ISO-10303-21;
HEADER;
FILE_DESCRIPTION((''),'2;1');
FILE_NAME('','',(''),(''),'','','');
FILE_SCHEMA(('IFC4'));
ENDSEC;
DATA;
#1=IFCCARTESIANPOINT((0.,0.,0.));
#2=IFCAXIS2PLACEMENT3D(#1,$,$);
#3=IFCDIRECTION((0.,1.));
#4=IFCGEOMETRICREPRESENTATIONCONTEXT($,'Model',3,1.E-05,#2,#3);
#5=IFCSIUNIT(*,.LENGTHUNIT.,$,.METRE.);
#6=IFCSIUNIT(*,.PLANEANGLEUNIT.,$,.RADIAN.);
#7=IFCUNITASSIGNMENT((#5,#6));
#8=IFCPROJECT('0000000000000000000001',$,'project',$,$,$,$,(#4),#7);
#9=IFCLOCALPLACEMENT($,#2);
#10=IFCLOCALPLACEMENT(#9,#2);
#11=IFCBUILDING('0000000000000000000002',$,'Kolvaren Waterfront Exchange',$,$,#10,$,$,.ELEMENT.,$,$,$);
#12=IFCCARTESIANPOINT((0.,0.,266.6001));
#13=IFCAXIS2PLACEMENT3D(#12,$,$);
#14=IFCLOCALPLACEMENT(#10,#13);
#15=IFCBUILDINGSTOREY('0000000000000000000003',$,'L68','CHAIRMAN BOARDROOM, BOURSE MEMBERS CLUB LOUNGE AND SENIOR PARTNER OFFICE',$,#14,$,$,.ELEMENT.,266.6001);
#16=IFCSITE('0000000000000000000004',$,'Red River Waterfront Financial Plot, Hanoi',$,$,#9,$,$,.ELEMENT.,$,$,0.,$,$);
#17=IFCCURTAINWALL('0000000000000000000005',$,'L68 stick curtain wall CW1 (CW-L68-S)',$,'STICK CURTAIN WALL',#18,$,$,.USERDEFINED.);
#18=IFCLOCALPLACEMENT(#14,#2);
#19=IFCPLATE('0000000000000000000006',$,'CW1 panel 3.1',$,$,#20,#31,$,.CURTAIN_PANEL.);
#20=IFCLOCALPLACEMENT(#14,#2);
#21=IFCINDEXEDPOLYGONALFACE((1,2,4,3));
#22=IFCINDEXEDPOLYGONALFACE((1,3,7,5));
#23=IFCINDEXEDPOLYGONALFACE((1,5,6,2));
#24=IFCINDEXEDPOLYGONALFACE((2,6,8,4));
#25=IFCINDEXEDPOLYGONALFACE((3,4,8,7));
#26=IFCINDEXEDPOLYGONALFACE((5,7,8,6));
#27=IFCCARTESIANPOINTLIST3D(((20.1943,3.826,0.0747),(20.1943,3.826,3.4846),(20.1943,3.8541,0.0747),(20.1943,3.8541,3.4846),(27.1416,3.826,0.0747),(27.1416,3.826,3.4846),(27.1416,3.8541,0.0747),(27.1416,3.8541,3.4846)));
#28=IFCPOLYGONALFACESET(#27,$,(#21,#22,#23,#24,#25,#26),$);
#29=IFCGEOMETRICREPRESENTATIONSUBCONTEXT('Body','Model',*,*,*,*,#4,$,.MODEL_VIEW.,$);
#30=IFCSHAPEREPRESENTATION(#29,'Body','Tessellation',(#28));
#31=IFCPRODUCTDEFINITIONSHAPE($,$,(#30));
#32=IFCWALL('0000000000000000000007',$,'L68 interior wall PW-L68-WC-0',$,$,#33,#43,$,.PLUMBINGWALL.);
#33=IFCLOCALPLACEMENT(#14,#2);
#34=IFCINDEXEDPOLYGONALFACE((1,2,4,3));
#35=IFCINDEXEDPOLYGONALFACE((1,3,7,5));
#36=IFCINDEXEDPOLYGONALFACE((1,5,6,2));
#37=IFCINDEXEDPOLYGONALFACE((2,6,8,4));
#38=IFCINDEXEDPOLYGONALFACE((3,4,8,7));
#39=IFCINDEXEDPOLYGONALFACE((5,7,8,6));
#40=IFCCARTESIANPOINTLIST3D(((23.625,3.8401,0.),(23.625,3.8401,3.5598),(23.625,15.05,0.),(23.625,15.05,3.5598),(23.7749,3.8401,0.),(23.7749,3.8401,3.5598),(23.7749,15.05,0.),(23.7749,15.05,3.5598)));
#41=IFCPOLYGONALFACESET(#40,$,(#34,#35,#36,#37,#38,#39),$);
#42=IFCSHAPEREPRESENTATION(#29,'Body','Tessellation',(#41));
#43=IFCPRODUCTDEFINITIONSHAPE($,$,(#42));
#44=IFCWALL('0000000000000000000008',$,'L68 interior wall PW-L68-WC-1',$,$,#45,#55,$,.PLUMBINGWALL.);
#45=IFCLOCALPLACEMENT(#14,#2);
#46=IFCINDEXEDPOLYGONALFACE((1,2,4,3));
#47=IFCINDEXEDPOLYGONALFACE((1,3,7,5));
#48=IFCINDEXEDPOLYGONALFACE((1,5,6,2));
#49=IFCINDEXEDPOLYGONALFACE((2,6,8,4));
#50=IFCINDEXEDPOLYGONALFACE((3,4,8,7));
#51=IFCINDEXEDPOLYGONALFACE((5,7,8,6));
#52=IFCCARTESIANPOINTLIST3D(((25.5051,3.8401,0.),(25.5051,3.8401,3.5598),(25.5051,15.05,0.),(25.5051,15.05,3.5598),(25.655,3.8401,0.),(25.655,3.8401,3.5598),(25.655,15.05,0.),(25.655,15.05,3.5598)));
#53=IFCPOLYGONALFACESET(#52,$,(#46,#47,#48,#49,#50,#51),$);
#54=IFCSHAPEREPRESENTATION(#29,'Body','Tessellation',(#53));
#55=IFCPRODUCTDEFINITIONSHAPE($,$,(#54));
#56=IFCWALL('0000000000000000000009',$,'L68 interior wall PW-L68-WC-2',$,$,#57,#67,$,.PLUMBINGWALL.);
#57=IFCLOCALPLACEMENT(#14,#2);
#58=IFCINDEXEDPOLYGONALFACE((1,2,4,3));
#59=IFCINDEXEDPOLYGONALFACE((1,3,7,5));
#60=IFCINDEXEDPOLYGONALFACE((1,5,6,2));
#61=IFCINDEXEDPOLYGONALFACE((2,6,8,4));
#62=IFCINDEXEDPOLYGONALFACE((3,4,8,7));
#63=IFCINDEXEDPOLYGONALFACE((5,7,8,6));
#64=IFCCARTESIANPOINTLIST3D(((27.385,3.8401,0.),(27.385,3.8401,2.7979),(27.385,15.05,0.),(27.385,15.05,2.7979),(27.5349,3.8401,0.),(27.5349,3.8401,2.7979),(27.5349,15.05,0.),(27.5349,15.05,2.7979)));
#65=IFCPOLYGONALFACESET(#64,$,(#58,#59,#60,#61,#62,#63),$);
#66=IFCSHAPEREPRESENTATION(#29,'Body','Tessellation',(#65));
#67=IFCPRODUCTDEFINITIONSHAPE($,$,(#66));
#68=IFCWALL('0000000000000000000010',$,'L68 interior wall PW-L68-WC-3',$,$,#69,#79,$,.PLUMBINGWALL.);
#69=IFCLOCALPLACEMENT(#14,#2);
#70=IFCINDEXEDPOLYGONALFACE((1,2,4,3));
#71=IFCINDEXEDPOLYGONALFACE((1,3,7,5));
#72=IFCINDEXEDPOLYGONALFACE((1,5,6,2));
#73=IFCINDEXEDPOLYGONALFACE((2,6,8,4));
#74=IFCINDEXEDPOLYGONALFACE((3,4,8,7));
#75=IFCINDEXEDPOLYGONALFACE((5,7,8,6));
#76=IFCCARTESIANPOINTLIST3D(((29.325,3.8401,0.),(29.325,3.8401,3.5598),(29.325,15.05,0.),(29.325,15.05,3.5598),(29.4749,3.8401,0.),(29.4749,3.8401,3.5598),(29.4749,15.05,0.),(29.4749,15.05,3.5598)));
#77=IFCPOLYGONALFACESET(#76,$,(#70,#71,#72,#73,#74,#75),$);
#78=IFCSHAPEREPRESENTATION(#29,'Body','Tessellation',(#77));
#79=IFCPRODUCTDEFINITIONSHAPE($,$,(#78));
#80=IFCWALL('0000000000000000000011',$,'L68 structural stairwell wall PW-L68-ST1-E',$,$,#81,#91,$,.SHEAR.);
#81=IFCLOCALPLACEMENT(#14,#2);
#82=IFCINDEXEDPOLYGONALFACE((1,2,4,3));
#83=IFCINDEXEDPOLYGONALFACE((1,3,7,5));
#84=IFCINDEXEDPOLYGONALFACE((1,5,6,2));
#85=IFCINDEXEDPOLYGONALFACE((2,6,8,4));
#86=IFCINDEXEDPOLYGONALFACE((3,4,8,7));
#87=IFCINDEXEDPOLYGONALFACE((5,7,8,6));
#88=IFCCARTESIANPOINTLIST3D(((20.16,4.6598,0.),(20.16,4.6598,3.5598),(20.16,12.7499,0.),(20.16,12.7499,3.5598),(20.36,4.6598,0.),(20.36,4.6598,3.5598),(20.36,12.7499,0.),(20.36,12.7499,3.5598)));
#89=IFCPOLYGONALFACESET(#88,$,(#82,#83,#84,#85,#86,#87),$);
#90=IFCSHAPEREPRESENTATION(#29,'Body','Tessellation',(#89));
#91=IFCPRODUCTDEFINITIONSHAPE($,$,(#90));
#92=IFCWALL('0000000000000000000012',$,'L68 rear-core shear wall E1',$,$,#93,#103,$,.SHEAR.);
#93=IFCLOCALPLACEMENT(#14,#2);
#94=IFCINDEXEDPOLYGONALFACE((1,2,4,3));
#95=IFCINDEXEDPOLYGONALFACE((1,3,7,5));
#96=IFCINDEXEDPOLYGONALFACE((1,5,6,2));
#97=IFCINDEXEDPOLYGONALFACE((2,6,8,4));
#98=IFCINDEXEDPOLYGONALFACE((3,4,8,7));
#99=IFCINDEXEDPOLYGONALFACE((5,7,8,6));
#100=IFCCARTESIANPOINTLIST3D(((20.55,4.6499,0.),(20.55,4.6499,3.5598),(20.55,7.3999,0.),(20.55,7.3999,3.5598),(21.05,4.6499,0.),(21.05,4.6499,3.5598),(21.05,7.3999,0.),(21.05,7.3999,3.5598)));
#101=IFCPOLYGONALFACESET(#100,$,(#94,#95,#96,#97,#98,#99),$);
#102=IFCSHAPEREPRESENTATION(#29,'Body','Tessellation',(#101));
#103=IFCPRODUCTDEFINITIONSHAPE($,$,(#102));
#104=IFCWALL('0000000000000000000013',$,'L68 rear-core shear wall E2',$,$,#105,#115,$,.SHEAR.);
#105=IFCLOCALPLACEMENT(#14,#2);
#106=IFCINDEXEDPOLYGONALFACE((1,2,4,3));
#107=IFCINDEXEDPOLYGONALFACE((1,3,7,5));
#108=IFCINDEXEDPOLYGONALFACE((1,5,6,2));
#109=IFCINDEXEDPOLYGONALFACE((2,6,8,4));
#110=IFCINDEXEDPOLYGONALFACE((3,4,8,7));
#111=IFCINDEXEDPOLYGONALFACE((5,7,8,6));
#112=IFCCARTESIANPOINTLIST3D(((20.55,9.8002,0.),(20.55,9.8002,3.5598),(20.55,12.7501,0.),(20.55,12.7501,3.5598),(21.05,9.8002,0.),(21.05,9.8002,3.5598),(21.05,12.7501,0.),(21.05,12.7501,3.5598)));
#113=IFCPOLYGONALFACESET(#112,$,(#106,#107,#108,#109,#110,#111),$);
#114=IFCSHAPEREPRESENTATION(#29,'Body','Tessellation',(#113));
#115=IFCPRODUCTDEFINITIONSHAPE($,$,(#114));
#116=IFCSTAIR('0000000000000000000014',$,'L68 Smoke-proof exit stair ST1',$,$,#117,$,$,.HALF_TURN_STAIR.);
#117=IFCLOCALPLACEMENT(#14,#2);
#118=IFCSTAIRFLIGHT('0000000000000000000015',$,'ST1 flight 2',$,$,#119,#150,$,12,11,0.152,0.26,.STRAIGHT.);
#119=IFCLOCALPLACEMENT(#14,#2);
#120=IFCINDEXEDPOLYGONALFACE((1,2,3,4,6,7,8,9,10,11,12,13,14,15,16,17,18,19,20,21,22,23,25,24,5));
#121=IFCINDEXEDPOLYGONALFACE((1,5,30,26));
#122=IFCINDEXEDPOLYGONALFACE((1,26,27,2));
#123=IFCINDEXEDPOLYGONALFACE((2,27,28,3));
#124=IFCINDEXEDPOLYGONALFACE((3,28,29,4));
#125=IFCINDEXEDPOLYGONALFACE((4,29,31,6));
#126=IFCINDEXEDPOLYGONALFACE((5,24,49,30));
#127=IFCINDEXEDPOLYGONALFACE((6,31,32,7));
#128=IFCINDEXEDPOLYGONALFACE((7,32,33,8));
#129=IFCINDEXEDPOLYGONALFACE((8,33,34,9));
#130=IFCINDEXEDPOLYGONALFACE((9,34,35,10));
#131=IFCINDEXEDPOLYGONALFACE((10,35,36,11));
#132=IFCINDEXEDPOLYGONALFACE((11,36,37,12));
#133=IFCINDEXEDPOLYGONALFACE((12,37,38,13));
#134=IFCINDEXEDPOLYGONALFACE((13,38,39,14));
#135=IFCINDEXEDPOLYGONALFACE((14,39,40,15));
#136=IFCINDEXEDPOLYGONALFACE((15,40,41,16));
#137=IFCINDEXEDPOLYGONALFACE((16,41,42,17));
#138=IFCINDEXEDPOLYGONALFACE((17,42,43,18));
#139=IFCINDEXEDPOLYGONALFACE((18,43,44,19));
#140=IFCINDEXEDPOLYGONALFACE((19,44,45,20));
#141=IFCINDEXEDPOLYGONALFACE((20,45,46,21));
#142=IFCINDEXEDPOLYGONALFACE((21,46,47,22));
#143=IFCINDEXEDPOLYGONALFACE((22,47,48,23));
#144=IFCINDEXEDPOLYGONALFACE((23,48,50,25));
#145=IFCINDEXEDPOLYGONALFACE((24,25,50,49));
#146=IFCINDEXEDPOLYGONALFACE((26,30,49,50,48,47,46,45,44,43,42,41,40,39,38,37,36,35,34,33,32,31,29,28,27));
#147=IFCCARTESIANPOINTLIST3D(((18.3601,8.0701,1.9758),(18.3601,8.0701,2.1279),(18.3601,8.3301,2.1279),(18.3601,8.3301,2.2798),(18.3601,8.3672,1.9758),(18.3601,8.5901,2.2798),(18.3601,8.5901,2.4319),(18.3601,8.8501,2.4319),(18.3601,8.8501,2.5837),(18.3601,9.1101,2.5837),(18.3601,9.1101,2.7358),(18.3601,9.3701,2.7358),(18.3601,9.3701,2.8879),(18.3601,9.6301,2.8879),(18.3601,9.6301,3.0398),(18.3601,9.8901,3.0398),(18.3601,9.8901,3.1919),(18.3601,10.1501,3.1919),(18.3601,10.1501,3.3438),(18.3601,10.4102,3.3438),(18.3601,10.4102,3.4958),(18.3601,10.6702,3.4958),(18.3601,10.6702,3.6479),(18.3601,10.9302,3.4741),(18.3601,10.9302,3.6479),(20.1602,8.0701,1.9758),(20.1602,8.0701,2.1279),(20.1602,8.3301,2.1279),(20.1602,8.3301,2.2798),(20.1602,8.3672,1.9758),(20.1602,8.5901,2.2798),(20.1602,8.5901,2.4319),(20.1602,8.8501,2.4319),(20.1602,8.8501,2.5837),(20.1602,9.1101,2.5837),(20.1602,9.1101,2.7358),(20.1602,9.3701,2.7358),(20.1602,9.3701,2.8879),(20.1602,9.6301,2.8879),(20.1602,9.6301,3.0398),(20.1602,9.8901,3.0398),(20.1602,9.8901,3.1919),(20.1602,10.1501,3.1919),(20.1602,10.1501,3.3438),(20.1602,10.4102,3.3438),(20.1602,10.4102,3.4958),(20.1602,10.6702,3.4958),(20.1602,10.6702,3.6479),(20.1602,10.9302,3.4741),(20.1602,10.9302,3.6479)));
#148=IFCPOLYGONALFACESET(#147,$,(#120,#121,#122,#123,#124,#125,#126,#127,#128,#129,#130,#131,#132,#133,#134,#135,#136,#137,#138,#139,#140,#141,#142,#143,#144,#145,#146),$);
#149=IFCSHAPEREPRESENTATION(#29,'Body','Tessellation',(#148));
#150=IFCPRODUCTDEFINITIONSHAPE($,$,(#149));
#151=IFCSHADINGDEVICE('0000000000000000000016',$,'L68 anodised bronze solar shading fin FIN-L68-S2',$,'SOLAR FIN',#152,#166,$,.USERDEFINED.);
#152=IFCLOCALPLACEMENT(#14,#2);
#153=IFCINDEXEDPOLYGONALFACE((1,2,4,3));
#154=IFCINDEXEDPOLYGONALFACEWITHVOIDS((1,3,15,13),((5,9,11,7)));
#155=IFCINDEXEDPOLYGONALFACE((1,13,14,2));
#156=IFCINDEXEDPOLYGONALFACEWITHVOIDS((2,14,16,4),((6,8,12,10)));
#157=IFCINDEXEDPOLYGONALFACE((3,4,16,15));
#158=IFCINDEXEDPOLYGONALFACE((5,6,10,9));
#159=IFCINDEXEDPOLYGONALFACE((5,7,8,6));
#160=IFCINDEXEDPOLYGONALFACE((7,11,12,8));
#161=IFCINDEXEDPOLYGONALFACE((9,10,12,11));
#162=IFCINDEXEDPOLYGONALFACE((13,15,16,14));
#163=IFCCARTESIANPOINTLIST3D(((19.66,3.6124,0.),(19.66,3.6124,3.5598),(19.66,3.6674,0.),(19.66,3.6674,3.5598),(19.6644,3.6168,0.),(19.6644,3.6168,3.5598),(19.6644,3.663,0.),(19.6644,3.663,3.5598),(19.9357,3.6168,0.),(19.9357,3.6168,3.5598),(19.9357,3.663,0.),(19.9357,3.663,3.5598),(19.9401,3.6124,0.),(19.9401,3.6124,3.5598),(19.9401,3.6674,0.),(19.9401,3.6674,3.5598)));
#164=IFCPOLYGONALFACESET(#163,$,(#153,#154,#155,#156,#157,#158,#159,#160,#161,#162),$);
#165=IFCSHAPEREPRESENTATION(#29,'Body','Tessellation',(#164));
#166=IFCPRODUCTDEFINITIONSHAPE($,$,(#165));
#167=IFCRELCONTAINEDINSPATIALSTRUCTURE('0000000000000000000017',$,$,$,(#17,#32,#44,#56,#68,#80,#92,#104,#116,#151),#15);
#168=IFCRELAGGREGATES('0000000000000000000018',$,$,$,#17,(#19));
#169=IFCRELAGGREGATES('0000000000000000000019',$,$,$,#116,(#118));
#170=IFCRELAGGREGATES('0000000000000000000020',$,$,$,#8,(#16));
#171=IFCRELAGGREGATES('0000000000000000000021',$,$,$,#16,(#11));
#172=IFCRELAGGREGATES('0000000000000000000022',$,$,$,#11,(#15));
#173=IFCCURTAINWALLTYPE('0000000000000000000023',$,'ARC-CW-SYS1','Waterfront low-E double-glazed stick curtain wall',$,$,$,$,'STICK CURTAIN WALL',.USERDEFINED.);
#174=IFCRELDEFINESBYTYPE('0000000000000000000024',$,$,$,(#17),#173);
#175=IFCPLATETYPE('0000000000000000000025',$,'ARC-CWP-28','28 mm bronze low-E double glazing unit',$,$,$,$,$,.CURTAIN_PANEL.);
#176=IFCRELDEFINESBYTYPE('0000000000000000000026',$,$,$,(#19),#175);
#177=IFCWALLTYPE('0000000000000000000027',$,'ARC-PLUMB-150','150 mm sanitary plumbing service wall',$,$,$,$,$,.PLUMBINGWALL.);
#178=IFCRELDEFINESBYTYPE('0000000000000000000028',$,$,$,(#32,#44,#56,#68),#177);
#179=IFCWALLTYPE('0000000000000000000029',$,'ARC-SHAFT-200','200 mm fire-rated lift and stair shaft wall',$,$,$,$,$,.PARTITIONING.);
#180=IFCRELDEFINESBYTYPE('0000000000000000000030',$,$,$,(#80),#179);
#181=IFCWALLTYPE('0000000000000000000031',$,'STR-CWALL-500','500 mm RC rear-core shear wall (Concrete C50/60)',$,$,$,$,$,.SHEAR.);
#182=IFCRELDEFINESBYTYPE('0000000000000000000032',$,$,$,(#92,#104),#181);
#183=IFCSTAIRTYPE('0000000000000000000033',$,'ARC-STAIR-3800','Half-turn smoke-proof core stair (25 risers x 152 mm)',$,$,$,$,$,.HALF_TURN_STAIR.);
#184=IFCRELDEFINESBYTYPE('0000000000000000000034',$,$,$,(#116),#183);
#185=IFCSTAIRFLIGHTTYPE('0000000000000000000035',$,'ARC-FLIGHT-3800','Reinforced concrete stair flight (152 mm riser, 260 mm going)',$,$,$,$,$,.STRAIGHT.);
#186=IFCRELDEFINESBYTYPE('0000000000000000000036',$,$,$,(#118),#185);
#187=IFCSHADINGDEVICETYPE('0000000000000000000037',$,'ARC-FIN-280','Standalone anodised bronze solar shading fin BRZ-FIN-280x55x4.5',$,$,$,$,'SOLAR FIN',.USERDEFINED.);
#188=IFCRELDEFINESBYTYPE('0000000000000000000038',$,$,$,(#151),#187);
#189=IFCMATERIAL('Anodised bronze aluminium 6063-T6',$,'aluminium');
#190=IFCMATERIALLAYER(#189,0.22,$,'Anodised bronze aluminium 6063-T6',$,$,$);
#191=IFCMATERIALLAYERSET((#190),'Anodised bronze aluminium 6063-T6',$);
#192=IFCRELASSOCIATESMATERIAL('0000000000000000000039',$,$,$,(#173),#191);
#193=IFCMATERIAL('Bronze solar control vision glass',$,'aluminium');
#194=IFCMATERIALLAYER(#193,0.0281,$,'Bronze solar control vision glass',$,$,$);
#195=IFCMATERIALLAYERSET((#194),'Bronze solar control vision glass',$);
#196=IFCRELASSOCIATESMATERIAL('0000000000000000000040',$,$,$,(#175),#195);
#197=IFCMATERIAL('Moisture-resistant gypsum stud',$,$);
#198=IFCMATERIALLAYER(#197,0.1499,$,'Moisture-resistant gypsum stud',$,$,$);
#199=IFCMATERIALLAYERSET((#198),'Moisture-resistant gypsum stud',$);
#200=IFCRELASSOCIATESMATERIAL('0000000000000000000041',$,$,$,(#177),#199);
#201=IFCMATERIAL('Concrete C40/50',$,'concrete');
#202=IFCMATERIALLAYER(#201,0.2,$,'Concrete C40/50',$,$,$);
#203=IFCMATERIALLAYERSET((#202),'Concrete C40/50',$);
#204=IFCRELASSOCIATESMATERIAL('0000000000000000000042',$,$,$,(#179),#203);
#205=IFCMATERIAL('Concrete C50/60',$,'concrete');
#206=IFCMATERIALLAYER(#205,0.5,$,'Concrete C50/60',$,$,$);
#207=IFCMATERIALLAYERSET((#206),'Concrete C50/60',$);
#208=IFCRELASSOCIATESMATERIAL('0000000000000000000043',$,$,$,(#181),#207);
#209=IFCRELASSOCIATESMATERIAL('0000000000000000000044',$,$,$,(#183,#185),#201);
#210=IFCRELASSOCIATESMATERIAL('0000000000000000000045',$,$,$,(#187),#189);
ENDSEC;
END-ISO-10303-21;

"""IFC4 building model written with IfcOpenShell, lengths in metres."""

from ifc_helpers import new_model, si_unit, direction, frame, frame_2d, origin, origin_with_axes, origin_2d, place, context, subcontext, project, spatial, polyline, rectangle, hollow_rectangle, outline, extrude, source, transform, mapped, material, layer, layer_set, material_profile, profile_set, type_object, element, aggregate, save


model = new_model("IFC4")

# Units and contexts
model_context = context("Model", 3, precision=1e-05, world=origin(), true_north=direction((0.0, 1.0)))
body_context = subcontext(model_context, "Body", "Model", "MODEL_VIEW")
ifc_project = project(units=[si_unit("LENGTHUNIT", "METRE"), si_unit("PLANEANGLEUNIT", "RADIAN")], contexts=[model_context])

# Site, building, storey
site_placement = place(None, origin())
site = spatial("IfcSite", under=ifc_project, at=site_placement, Name="Red River Waterfront Financial Plot, Hanoi", CompositionType="ELEMENT", RefElevation=0.0)
building_placement = place(site_placement, origin())
building = spatial("IfcBuilding", under=site, at=building_placement, Name="Kolvaren Waterfront Exchange", CompositionType="ELEMENT")
storey_placement = place(building_placement, frame((0.0, 0.0, 266.6001)))
storey = spatial("IfcBuildingStorey", under=building, at=storey_placement, Name="L68", Description="CHAIRMAN BOARDROOM, BOURSE MEMBERS CLUB LOUNGE AND SENIOR PARTNER OFFICE", CompositionType="ELEMENT", Elevation=266.6001)

# Shared definitions
ifc_material_1 = material(Name="Concrete C50/60", Category="concrete")

# Shared definitions
ifc_material_2 = material(Name="Anodised bronze aluminium 6063-T6", Category="aluminium")

# Curtain wall
ifc_layer_1 = layer(ifc_material_2, 0.22, Name="Anodised bronze aluminium 6063-T6")
ifc_layer_set_1 = layer_set([ifc_layer_1], Name="Anodised bronze aluminium 6063-T6")
curtain_wall_type_1 = type_object("IfcCurtainWallType", Name="ARC-CW-SYS1", Description="Waterfront low-E double-glazed stick curtain wall", ElementType="STICK CURTAIN WALL", PredefinedType="USERDEFINED", material=ifc_layer_set_1)
curtain_wall_1_placement = place(storey_placement, origin())
curtain_wall_1 = element("IfcCurtainWall", 1, at=curtain_wall_1_placement, inside=storey, type_object=curtain_wall_type_1, Name="L68 stick curtain wall CW1 (CW-L68-S)", ObjectType="STICK CURTAIN WALL", PredefinedType="USERDEFINED")

# Plate
ifc_material_3 = material(Name="Bronze solar control vision glass", Category="aluminium")
ifc_layer_2 = layer(ifc_material_3, 0.0281, Name="Bronze solar control vision glass")
ifc_layer_set_2 = layer_set([ifc_layer_2], Name="Bronze solar control vision glass")
plate_type_1 = type_object("IfcPlateType", Name="ARC-CWP-28", Description="28 mm bronze low-E double glazing unit", PredefinedType="CURTAIN_PANEL", material=ifc_layer_set_2)
shared_shape_1 = source(origin_with_axes(), body_context, "Body", "SweptSolid", [
    extrude(rectangle(XDim=6.9473, YDim=0.0281, at=origin_2d()), origin(), (0.0, 0.0, 1.0), 3.4099),
])
plate_1_placement = place(storey_placement, frame((23.668, 3.8401, 0.0747), z_axis=(0.0, 0.0, 1.0), x_axis=(1.0, 0.0, 0.0)))
plate_1 = element("IfcPlate", 2, at=plate_1_placement, type_object=plate_type_1, Name="CW1 panel 3.1", PredefinedType="CURTAIN_PANEL", context=body_context, shape_type="MappedRepresentation", body=[
    mapped(shared_shape_1, transform((0.0, 0.0, 0.0), x_axis=(1.0, 0.0, 0.0), y_axis=(0.0, 1.0, 0.0), z_axis=(0.0, 0.0, 1.0), scale=1.0)),
])
aggregate(curtain_wall_1, [plate_1])

# Walls
ifc_material_4 = material(Name="Moisture-resistant gypsum stud")
ifc_layer_3 = layer(ifc_material_4, 0.1499, Name="Moisture-resistant gypsum stud")
ifc_layer_set_3 = layer_set([ifc_layer_3], Name="Moisture-resistant gypsum stud")
wall_type_1 = type_object("IfcWallType", Name="ARC-PLUMB-150", Description="150 mm sanitary plumbing service wall", PredefinedType="PLUMBINGWALL", material=ifc_layer_set_3)
for number, where, z_axis, x_axis, name in (
    (3, (23.7, 3.8401, 0.0), (0.0, 0.0, 1.0), (0.0, 1.0, 0.0), "L68 interior wall PW-L68-WC-0"),
    (4, (25.5801, 3.8401, 0.0), (0.0, 0.0, 1.0), (0.0, 1.0, 0.0), "L68 interior wall PW-L68-WC-1"),
):
    element("IfcWall", number, at=place(storey_placement, frame(where, z_axis=z_axis, x_axis=x_axis)), inside=storey, type_object=wall_type_1, Name=name, PredefinedType="PLUMBINGWALL", context=body_context, shape_type="SweptSolid", body=[
        extrude(rectangle(XDim=11.21, YDim=0.1499, at=frame_2d((5.605, 0.0))), origin(), (0.0, 0.0, 1.0), 3.5598),
    ])
wall_1_placement = place(storey_placement, frame((27.46, 3.8401, 0.0), z_axis=(0.0, 0.0, 1.0), x_axis=(0.0, 1.0, 0.0)))
element("IfcWall", 5, at=wall_1_placement, inside=storey, type_object=wall_type_1, Name="L68 interior wall PW-L68-WC-2", PredefinedType="PLUMBINGWALL", context=body_context, shape_type="SweptSolid", body=[
    extrude(rectangle(XDim=11.21, YDim=0.1499, at=frame_2d((5.605, 0.0))), origin(), (0.0, 0.0, 1.0), 2.7979),
])
wall_2_placement = place(storey_placement, frame((29.3999, 3.8401, 0.0), z_axis=(0.0, 0.0, 1.0), x_axis=(0.0, 1.0, 0.0)))
element("IfcWall", 6, at=wall_2_placement, inside=storey, type_object=wall_type_1, Name="L68 interior wall PW-L68-WC-3", PredefinedType="PLUMBINGWALL", context=body_context, shape_type="SweptSolid", body=[
    extrude(rectangle(XDim=11.21, YDim=0.1499, at=frame_2d((5.605, 0.0))), origin(), (0.0, 0.0, 1.0), 3.5598),
])
ifc_material_5 = material(Name="Concrete C40/50", Category="concrete")
ifc_layer_4 = layer(ifc_material_5, 0.2, Name="Concrete C40/50")
ifc_layer_set_4 = layer_set([ifc_layer_4], Name="Concrete C40/50")
wall_type_2 = type_object("IfcWallType", Name="ARC-SHAFT-200", Description="200 mm fire-rated lift and stair shaft wall", PredefinedType="PARTITIONING", material=ifc_layer_set_4)
wall_3_placement = place(storey_placement, frame((20.26, 4.6599, 0.0), z_axis=(0.0, 0.0, 1.0), x_axis=(0.0, 1.0, 0.0)))
element("IfcWall", 7, at=wall_3_placement, inside=storey, type_object=wall_type_2, Name="L68 structural stairwell wall PW-L68-ST1-E", PredefinedType="SHEAR", context=body_context, shape_type="SweptSolid", body=[
    extrude(rectangle(XDim=8.0901, YDim=0.2, at=frame_2d((4.0449, 0.0))), origin(), (0.0, 0.0, 1.0), 3.5598),
])
ifc_layer_5 = layer(ifc_material_1, 0.5, Name="Concrete C50/60")
ifc_layer_set_5 = layer_set([ifc_layer_5], Name="Concrete C50/60")
wall_type_3 = type_object("IfcWallType", Name="STR-CWALL-500", Description="500 mm RC rear-core shear wall (Concrete C50/60)", PredefinedType="SHEAR", material=ifc_layer_set_5)
wall_4_placement = place(storey_placement, frame((20.8, 4.6499, 0.0), z_axis=(0.0, 0.0, 1.0), x_axis=(0.0, 1.0, 0.0)))
element("IfcWall", 8, at=wall_4_placement, inside=storey, type_object=wall_type_3, Name="L68 rear-core shear wall E1", PredefinedType="SHEAR", context=body_context, shape_type="SweptSolid", body=[
    extrude(rectangle(XDim=2.75, YDim=0.5, at=frame_2d((1.375, 0.0))), origin(), (0.0, 0.0, 1.0), 3.5598),
])
wall_5_placement = place(storey_placement, frame((20.8, 9.8, 0.0), z_axis=(0.0, 0.0, 1.0), x_axis=(0.0, 1.0, 0.0)))
element("IfcWall", 9, at=wall_5_placement, inside=storey, type_object=wall_type_3, Name="L68 rear-core shear wall E2", PredefinedType="SHEAR", context=body_context, shape_type="SweptSolid", body=[
    extrude(rectangle(XDim=2.95, YDim=0.5, at=frame_2d((1.4751, 0.0))), origin(), (0.0, 0.0, 1.0), 3.5598),
])

# Stair, stair flight
stair_type = type_object("IfcStairType", Name="ARC-STAIR-3800", Description="Half-turn smoke-proof core stair (25 risers x 152 mm)", PredefinedType="HALF_TURN_STAIR", material=ifc_material_5)
stair_placement = place(storey_placement, origin())
stair = element("IfcStair", 10, at=stair_placement, inside=storey, type_object=stair_type, Name="L68 Smoke-proof exit stair ST1", PredefinedType="HALF_TURN_STAIR")
stair_flight_type = type_object("IfcStairFlightType", Name="ARC-FLIGHT-3800", Description="Reinforced concrete stair flight (152 mm riser, 260 mm going)", PredefinedType="STRAIGHT", material=ifc_material_5)
stair_flight_placement = place(storey_placement, frame((19.26, 8.0701, 1.9758), z_axis=(0.0, 0.0, 1.0), x_axis=(0.0, 1.0, 0.0)))
stair_flight = element("IfcStairFlight", 11, at=stair_flight_placement, type_object=stair_flight_type, Name="ST1 flight 2", NumberOfRisers=12, NumberOfTreads=11, PredefinedType="STRAIGHT", RiserHeight=0.152, TreadLength=0.26, context=body_context, shape_type="SweptSolid", body=[
    extrude(outline(polyline([(0.0, 0.0), (0.0, 0.1521), (0.26, 0.1521), (0.26, 0.304), (0.52, 0.304), (0.52, 0.4561), (0.78, 0.4561), (0.78, 0.6079), (1.04, 0.6079), (1.04, 0.76), (1.3, 0.76), (1.3, 0.9121), (1.5601, 0.9121), (1.5601, 1.064), (1.8201, 1.064), (1.8201, 1.2161), (2.0801, 1.2161), (2.0801, 1.3679), (2.3401, 1.3679), (2.3401, 1.52), (2.6001, 1.52), (2.6001, 1.6721), (2.8601, 1.6721), (2.8601, 1.824), (2.8601, 1.4983), (0.2971, 0.0), (0.0, 0.0)])), frame((0.0, 0.8999, 0.0), z_axis=(0.0, -1.0, 0.0), x_axis=(1.0, 0.0, 0.0)), (0.0, 0.0, 1.0), 1.8),
])
aggregate(stair, [stair_flight])

# Shading device
ifc_material_profile_1 = material_profile(ifc_material_2, hollow_rectangle(XDim=0.0549, YDim=0.28, WallThickness=0.0044, at=origin_2d()), Name="BRZ-FIN-280x55x4.5")
ifc_profile_set_1 = profile_set([ifc_material_profile_1], Name="Anodised bronze aluminium 6063-T6")
shading_device_type = type_object("IfcShadingDeviceType", Name="ARC-FIN-280", Description="Standalone anodised bronze solar shading fin BRZ-FIN-280x55x4.5", ElementType="SOLAR FIN", PredefinedType="USERDEFINED", material=ifc_profile_set_1)
shading_device_placement = place(storey_placement, frame((19.8, 3.6399, 0.0), z_axis=(0.0, 0.0, 1.0), x_axis=(0.0, -1.0, 0.0)))
element("IfcShadingDevice", 12, at=shading_device_placement, inside=storey, type_object=shading_device_type, Name="L68 anodised bronze solar shading fin FIN-L68-S2", ObjectType="SOLAR FIN", PredefinedType="USERDEFINED", context=body_context, shape_type="SweptSolid", body=[
    extrude(hollow_rectangle(XDim=0.0549, YDim=0.28, WallThickness=0.0044, at=origin_2d()), origin(), (0.0, 0.0, 1.0), 3.5598),
])

save(model, "model.ifc")
